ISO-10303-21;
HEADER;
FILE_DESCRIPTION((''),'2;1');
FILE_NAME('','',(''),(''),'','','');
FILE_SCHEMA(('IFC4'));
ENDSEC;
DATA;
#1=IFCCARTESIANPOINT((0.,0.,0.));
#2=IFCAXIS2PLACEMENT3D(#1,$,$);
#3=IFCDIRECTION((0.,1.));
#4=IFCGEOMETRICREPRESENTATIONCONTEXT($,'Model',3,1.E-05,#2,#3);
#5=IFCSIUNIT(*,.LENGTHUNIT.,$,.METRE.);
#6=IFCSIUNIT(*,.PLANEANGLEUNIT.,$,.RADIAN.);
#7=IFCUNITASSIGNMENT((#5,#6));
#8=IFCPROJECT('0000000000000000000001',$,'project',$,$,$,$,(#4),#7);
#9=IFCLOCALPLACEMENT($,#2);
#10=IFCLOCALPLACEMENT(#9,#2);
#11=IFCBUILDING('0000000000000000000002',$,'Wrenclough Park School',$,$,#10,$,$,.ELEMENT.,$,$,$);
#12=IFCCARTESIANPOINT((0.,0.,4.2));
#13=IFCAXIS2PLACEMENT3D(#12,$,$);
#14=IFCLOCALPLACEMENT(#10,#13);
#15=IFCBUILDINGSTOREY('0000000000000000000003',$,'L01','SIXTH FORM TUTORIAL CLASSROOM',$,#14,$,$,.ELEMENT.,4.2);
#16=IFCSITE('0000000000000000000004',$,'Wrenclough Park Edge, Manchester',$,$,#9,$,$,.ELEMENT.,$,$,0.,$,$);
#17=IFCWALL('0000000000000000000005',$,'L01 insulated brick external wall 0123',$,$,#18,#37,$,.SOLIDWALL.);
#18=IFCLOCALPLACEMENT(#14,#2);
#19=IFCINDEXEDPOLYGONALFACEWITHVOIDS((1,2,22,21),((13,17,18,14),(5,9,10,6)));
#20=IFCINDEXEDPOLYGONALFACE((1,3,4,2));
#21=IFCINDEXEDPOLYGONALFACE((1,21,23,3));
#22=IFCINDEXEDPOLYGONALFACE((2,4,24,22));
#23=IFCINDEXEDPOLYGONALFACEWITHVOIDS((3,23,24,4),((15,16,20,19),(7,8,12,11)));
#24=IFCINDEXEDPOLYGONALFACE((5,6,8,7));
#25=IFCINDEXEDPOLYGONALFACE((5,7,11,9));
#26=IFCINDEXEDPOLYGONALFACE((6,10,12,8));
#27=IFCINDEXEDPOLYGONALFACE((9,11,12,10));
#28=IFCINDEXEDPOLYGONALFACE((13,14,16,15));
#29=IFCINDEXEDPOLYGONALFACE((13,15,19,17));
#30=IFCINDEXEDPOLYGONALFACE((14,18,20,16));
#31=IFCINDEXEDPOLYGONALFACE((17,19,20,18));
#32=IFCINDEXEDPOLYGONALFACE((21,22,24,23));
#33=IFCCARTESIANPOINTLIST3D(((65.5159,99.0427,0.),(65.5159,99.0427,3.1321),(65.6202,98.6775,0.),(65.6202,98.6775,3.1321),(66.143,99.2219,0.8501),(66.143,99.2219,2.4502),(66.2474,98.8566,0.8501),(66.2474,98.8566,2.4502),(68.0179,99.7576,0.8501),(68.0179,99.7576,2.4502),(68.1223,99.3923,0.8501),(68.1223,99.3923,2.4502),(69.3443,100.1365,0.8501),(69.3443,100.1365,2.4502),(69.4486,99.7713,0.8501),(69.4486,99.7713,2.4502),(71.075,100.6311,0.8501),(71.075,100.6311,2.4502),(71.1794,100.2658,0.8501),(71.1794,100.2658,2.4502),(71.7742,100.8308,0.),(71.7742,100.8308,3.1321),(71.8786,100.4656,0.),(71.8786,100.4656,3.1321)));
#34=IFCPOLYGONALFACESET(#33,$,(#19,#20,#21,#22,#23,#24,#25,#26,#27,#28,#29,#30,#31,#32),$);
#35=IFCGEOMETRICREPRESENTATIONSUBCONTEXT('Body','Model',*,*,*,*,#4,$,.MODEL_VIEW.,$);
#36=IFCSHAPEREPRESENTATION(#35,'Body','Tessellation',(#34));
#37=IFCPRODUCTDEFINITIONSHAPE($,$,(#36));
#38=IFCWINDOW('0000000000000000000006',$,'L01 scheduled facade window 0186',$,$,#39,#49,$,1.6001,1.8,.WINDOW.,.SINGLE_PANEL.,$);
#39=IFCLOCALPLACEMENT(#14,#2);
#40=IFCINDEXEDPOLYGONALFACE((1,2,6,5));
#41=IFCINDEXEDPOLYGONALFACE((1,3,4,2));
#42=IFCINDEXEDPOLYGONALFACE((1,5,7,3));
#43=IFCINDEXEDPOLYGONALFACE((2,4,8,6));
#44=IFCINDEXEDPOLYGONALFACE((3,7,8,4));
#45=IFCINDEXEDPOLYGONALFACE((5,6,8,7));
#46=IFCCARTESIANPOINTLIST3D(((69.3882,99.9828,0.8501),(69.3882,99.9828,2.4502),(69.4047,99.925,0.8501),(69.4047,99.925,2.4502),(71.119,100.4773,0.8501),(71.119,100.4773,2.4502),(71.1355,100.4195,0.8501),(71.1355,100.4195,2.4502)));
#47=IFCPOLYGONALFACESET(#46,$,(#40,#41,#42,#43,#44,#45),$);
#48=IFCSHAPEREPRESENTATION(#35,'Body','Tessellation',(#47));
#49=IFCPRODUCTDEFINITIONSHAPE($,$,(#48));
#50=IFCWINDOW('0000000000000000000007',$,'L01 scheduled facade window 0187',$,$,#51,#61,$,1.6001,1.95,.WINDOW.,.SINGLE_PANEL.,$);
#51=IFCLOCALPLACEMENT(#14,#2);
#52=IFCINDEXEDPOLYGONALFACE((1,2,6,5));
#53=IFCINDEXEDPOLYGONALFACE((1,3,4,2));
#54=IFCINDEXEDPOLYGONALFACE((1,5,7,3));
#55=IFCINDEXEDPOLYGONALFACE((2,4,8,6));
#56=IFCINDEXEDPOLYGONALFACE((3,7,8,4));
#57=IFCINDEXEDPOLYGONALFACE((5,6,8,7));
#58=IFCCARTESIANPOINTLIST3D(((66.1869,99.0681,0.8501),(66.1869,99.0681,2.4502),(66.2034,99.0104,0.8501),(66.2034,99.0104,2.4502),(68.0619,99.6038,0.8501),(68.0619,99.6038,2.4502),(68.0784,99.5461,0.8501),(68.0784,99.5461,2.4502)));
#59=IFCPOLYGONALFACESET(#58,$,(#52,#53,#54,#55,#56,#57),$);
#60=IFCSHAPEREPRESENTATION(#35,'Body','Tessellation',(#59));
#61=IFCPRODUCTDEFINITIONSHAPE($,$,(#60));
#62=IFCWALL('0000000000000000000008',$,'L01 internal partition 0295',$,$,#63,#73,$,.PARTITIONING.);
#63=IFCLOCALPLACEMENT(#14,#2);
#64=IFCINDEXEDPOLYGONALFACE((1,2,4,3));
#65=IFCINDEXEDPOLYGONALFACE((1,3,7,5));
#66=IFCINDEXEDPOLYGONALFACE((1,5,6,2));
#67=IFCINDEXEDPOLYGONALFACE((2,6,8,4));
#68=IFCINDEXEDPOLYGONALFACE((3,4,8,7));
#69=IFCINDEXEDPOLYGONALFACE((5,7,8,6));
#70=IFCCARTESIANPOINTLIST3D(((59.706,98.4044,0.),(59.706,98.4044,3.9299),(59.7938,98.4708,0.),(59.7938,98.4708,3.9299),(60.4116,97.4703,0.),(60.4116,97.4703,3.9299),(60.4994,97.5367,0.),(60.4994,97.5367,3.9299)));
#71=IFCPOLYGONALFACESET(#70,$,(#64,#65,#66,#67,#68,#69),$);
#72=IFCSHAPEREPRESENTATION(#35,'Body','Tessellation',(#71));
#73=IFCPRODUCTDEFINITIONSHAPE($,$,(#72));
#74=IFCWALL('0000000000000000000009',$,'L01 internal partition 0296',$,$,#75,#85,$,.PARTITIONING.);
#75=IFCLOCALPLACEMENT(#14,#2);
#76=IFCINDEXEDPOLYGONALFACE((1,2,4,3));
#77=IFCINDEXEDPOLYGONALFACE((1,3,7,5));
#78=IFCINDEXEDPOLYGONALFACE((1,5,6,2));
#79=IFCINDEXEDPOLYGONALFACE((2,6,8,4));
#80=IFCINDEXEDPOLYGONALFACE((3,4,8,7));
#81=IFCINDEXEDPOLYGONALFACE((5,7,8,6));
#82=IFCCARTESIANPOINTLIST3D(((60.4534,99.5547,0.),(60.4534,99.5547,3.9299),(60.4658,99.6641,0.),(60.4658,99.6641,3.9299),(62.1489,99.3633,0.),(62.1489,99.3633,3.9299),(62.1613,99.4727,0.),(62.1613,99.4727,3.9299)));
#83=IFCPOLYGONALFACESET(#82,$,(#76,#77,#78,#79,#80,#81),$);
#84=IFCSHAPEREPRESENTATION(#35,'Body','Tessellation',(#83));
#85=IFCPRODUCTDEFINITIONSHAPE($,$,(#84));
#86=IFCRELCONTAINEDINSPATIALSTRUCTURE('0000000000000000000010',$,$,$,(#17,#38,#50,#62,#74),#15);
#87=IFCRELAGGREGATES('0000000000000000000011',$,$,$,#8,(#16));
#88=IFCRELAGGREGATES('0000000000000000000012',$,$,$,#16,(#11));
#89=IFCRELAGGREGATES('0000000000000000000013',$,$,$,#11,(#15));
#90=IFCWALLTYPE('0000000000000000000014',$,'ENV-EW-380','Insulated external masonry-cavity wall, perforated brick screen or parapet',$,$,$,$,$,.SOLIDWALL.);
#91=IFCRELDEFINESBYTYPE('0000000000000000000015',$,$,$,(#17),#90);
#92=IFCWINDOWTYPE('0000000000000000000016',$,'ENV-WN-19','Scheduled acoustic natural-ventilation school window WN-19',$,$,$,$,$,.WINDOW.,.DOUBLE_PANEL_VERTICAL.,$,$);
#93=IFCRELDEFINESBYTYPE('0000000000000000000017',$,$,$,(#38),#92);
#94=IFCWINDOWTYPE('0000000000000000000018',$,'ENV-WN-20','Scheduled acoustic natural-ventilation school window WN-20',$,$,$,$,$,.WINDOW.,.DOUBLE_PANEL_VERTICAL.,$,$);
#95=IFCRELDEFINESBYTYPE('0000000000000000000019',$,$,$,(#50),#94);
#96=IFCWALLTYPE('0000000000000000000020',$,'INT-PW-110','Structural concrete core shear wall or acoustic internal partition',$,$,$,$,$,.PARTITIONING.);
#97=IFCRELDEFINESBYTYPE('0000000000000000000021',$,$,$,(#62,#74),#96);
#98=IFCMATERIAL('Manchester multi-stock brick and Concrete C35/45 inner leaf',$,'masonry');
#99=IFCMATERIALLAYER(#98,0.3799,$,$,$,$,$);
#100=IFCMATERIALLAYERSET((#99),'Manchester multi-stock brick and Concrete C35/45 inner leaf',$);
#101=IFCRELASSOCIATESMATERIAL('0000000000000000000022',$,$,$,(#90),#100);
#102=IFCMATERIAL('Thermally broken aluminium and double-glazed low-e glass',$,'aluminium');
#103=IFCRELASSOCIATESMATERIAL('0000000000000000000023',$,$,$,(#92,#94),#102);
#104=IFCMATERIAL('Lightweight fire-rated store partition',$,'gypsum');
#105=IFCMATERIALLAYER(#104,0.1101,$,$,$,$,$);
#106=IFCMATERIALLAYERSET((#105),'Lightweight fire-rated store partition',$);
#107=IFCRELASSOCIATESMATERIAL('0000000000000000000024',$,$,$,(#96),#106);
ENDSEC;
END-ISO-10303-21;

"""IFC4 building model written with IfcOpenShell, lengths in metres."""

from ifc_helpers import new_model, si_unit, direction, frame, frame_2d, origin, place, context, subcontext, project, spatial, rectangle, extrude, material, layer, layer_set, type_object, element, fill, save


model = new_model("IFC4")

# Units and contexts
model_context = context("Model", 3, precision=1e-05, world=origin(), true_north=direction((0.0, 1.0)))
body_context = subcontext(model_context, "Body", "Model", "MODEL_VIEW")
ifc_project = project(units=[si_unit("LENGTHUNIT", "METRE"), si_unit("PLANEANGLEUNIT", "RADIAN")], contexts=[model_context])

# Site, building, storey
site_placement = place(None, origin())
site = spatial("IfcSite", under=ifc_project, at=site_placement, Name="Wrenclough Park Edge, Manchester", CompositionType="ELEMENT", RefElevation=0.0)
building_placement = place(site_placement, origin())
building = spatial("IfcBuilding", under=site, at=building_placement, Name="Wrenclough Park School", CompositionType="ELEMENT")
storey_placement = place(building_placement, frame((0.0, 0.0, 4.2)))
storey = spatial("IfcBuildingStorey", under=building, at=storey_placement, Name="L01", Description="SIXTH FORM TUTORIAL CLASSROOM", CompositionType="ELEMENT", Elevation=4.2)

# Wall, openings, windows
ifc_material_1 = material(Name="Manchester multi-stock brick and Concrete C35/45 inner leaf", Category="masonry")
ifc_layer_1 = layer(ifc_material_1, 0.3799)
ifc_layer_set_1 = layer_set([ifc_layer_1], Name="Manchester multi-stock brick and Concrete C35/45 inner leaf")
wall_type_1 = type_object("IfcWallType", Name="ENV-EW-380", Description="Insulated external masonry-cavity wall, perforated brick screen or parapet", PredefinedType="SOLIDWALL", material=ifc_layer_set_1)
wall_1_placement = place(storey_placement, frame((71.8264, 100.6482, 0.0), z_axis=(0.0, 0.0, 1.0), x_axis=(-0.961524, -0.274721, 0.0)))
wall_1 = element("IfcWall", 1, at=wall_1_placement, inside=storey, type_object=wall_type_1, Name="L01 insulated brick external wall 0123", PredefinedType="SOLIDWALL", context=body_context, shape_type="SweptSolid", body=[
    extrude(rectangle(XDim=6.5088, YDim=0.3799, at=frame_2d((3.2544, 0.0))), origin(), (0.0, 0.0, 1.0), 3.1321),
])
opening_1_placement = place(wall_1_placement, frame((0.7273, 0.0, 0.8501)))
opening_1 = element("IfcOpeningElement", 2, at=opening_1_placement, cuts=wall_1, PredefinedType="OPENING", context=body_context, shape_type="SweptSolid", body=[
    extrude(rectangle(XDim=1.8, YDim=1.6001, at=frame_2d((0.8999, 0.8))), frame((0.0, 0.2, 0.0), z_axis=(0.0, -1.0, 0.0), x_axis=(1.0, 0.0, 0.0)), (0.0, 0.0, 1.0), 0.3999),
])
opening_2_placement = place(wall_1_placement, frame((3.9065, 0.0, 0.8501)))
opening_2 = element("IfcOpeningElement", 3, at=opening_2_placement, cuts=wall_1, PredefinedType="OPENING", context=body_context, shape_type="SweptSolid", body=[
    extrude(rectangle(XDim=1.95, YDim=1.6001, at=frame_2d((0.9751, 0.8))), frame((0.0, 0.2, 0.0), z_axis=(0.0, -1.0, 0.0), x_axis=(1.0, 0.0, 0.0)), (0.0, 0.0, 1.0), 0.3999),
])
ifc_material_2 = material(Name="Thermally broken aluminium and double-glazed low-e glass", Category="aluminium")
window_type_1 = type_object("IfcWindowType", Name="ENV-WN-19", Description="Scheduled acoustic natural-ventilation school window WN-19", PartitioningType="DOUBLE_PANEL_VERTICAL", PredefinedType="WINDOW", material=ifc_material_2)
window_1_placement = place(opening_1_placement, origin())
window_1 = element("IfcWindow", 4, at=window_1_placement, inside=storey, type_object=window_type_1, Name="L01 scheduled facade window 0186", OverallHeight=1.6001, OverallWidth=1.8, PartitioningType="SINGLE_PANEL", PredefinedType="WINDOW", context=body_context, shape_type="SweptSolid", body=[
    extrude(rectangle(XDim=1.8, YDim=1.6001, at=frame_2d((0.8999, 0.8))), frame((0.0, 0.03, 0.0), z_axis=(0.0, -1.0, 0.0), x_axis=(1.0, 0.0, 0.0)), (0.0, 0.0, 1.0), 0.0601),
])
fill(opening_1, window_1)
window_type_2 = type_object("IfcWindowType", Name="ENV-WN-20", Description="Scheduled acoustic natural-ventilation school window WN-20", PartitioningType="DOUBLE_PANEL_VERTICAL", PredefinedType="WINDOW", material=ifc_material_2)
window_2_placement = place(opening_2_placement, origin())
window_2 = element("IfcWindow", 5, at=window_2_placement, inside=storey, type_object=window_type_2, Name="L01 scheduled facade window 0187", OverallHeight=1.6001, OverallWidth=1.95, PartitioningType="SINGLE_PANEL", PredefinedType="WINDOW", context=body_context, shape_type="SweptSolid", body=[
    extrude(rectangle(XDim=1.95, YDim=1.6001, at=frame_2d((0.9751, 0.8))), frame((0.0, 0.03, 0.0), z_axis=(0.0, -1.0, 0.0), x_axis=(1.0, 0.0, 0.0)), (0.0, 0.0, 1.0), 0.0601),
])
fill(opening_2, window_2)

# Walls
ifc_material_3 = material(Name="Lightweight fire-rated store partition", Category="gypsum")
ifc_layer_2 = layer(ifc_material_3, 0.1101)
ifc_layer_set_2 = layer_set([ifc_layer_2], Name="Lightweight fire-rated store partition")
wall_type_2 = type_object("IfcWallType", Name="INT-PW-110", Description="Structural concrete core shear wall or acoustic internal partition", PredefinedType="PARTITIONING", material=ifc_layer_set_2)
wall_2_placement = place(storey_placement, frame((60.4556, 97.5034, 0.0), z_axis=(0.0, 0.0, 1.0), x_axis=(-0.602733, 0.797943, 0.0)))
element("IfcWall", 6, at=wall_2_placement, inside=storey, type_object=wall_type_2, Name="L01 internal partition 0295", PredefinedType="PARTITIONING", context=body_context, shape_type="SweptSolid", body=[
    extrude(rectangle(XDim=1.1707, YDim=0.1101, at=frame_2d((0.5854, 0.0))), origin(), (0.0, 0.0, 1.0), 3.9299),
])
wall_3_placement = place(storey_placement, frame((60.4597, 99.6094, 0.0), z_axis=(0.0, 0.0, 1.0), x_axis=(0.993689, -0.112174, 0.0)))
element("IfcWall", 7, at=wall_3_placement, inside=storey, type_object=wall_type_2, Name="L01 internal partition 0296", PredefinedType="PARTITIONING", context=body_context, shape_type="SweptSolid", body=[
    extrude(rectangle(XDim=1.7063, YDim=0.1101, at=frame_2d((0.853, 0.0))), origin(), (0.0, 0.0, 1.0), 3.9299),
])

save(model, "model.ifc")
